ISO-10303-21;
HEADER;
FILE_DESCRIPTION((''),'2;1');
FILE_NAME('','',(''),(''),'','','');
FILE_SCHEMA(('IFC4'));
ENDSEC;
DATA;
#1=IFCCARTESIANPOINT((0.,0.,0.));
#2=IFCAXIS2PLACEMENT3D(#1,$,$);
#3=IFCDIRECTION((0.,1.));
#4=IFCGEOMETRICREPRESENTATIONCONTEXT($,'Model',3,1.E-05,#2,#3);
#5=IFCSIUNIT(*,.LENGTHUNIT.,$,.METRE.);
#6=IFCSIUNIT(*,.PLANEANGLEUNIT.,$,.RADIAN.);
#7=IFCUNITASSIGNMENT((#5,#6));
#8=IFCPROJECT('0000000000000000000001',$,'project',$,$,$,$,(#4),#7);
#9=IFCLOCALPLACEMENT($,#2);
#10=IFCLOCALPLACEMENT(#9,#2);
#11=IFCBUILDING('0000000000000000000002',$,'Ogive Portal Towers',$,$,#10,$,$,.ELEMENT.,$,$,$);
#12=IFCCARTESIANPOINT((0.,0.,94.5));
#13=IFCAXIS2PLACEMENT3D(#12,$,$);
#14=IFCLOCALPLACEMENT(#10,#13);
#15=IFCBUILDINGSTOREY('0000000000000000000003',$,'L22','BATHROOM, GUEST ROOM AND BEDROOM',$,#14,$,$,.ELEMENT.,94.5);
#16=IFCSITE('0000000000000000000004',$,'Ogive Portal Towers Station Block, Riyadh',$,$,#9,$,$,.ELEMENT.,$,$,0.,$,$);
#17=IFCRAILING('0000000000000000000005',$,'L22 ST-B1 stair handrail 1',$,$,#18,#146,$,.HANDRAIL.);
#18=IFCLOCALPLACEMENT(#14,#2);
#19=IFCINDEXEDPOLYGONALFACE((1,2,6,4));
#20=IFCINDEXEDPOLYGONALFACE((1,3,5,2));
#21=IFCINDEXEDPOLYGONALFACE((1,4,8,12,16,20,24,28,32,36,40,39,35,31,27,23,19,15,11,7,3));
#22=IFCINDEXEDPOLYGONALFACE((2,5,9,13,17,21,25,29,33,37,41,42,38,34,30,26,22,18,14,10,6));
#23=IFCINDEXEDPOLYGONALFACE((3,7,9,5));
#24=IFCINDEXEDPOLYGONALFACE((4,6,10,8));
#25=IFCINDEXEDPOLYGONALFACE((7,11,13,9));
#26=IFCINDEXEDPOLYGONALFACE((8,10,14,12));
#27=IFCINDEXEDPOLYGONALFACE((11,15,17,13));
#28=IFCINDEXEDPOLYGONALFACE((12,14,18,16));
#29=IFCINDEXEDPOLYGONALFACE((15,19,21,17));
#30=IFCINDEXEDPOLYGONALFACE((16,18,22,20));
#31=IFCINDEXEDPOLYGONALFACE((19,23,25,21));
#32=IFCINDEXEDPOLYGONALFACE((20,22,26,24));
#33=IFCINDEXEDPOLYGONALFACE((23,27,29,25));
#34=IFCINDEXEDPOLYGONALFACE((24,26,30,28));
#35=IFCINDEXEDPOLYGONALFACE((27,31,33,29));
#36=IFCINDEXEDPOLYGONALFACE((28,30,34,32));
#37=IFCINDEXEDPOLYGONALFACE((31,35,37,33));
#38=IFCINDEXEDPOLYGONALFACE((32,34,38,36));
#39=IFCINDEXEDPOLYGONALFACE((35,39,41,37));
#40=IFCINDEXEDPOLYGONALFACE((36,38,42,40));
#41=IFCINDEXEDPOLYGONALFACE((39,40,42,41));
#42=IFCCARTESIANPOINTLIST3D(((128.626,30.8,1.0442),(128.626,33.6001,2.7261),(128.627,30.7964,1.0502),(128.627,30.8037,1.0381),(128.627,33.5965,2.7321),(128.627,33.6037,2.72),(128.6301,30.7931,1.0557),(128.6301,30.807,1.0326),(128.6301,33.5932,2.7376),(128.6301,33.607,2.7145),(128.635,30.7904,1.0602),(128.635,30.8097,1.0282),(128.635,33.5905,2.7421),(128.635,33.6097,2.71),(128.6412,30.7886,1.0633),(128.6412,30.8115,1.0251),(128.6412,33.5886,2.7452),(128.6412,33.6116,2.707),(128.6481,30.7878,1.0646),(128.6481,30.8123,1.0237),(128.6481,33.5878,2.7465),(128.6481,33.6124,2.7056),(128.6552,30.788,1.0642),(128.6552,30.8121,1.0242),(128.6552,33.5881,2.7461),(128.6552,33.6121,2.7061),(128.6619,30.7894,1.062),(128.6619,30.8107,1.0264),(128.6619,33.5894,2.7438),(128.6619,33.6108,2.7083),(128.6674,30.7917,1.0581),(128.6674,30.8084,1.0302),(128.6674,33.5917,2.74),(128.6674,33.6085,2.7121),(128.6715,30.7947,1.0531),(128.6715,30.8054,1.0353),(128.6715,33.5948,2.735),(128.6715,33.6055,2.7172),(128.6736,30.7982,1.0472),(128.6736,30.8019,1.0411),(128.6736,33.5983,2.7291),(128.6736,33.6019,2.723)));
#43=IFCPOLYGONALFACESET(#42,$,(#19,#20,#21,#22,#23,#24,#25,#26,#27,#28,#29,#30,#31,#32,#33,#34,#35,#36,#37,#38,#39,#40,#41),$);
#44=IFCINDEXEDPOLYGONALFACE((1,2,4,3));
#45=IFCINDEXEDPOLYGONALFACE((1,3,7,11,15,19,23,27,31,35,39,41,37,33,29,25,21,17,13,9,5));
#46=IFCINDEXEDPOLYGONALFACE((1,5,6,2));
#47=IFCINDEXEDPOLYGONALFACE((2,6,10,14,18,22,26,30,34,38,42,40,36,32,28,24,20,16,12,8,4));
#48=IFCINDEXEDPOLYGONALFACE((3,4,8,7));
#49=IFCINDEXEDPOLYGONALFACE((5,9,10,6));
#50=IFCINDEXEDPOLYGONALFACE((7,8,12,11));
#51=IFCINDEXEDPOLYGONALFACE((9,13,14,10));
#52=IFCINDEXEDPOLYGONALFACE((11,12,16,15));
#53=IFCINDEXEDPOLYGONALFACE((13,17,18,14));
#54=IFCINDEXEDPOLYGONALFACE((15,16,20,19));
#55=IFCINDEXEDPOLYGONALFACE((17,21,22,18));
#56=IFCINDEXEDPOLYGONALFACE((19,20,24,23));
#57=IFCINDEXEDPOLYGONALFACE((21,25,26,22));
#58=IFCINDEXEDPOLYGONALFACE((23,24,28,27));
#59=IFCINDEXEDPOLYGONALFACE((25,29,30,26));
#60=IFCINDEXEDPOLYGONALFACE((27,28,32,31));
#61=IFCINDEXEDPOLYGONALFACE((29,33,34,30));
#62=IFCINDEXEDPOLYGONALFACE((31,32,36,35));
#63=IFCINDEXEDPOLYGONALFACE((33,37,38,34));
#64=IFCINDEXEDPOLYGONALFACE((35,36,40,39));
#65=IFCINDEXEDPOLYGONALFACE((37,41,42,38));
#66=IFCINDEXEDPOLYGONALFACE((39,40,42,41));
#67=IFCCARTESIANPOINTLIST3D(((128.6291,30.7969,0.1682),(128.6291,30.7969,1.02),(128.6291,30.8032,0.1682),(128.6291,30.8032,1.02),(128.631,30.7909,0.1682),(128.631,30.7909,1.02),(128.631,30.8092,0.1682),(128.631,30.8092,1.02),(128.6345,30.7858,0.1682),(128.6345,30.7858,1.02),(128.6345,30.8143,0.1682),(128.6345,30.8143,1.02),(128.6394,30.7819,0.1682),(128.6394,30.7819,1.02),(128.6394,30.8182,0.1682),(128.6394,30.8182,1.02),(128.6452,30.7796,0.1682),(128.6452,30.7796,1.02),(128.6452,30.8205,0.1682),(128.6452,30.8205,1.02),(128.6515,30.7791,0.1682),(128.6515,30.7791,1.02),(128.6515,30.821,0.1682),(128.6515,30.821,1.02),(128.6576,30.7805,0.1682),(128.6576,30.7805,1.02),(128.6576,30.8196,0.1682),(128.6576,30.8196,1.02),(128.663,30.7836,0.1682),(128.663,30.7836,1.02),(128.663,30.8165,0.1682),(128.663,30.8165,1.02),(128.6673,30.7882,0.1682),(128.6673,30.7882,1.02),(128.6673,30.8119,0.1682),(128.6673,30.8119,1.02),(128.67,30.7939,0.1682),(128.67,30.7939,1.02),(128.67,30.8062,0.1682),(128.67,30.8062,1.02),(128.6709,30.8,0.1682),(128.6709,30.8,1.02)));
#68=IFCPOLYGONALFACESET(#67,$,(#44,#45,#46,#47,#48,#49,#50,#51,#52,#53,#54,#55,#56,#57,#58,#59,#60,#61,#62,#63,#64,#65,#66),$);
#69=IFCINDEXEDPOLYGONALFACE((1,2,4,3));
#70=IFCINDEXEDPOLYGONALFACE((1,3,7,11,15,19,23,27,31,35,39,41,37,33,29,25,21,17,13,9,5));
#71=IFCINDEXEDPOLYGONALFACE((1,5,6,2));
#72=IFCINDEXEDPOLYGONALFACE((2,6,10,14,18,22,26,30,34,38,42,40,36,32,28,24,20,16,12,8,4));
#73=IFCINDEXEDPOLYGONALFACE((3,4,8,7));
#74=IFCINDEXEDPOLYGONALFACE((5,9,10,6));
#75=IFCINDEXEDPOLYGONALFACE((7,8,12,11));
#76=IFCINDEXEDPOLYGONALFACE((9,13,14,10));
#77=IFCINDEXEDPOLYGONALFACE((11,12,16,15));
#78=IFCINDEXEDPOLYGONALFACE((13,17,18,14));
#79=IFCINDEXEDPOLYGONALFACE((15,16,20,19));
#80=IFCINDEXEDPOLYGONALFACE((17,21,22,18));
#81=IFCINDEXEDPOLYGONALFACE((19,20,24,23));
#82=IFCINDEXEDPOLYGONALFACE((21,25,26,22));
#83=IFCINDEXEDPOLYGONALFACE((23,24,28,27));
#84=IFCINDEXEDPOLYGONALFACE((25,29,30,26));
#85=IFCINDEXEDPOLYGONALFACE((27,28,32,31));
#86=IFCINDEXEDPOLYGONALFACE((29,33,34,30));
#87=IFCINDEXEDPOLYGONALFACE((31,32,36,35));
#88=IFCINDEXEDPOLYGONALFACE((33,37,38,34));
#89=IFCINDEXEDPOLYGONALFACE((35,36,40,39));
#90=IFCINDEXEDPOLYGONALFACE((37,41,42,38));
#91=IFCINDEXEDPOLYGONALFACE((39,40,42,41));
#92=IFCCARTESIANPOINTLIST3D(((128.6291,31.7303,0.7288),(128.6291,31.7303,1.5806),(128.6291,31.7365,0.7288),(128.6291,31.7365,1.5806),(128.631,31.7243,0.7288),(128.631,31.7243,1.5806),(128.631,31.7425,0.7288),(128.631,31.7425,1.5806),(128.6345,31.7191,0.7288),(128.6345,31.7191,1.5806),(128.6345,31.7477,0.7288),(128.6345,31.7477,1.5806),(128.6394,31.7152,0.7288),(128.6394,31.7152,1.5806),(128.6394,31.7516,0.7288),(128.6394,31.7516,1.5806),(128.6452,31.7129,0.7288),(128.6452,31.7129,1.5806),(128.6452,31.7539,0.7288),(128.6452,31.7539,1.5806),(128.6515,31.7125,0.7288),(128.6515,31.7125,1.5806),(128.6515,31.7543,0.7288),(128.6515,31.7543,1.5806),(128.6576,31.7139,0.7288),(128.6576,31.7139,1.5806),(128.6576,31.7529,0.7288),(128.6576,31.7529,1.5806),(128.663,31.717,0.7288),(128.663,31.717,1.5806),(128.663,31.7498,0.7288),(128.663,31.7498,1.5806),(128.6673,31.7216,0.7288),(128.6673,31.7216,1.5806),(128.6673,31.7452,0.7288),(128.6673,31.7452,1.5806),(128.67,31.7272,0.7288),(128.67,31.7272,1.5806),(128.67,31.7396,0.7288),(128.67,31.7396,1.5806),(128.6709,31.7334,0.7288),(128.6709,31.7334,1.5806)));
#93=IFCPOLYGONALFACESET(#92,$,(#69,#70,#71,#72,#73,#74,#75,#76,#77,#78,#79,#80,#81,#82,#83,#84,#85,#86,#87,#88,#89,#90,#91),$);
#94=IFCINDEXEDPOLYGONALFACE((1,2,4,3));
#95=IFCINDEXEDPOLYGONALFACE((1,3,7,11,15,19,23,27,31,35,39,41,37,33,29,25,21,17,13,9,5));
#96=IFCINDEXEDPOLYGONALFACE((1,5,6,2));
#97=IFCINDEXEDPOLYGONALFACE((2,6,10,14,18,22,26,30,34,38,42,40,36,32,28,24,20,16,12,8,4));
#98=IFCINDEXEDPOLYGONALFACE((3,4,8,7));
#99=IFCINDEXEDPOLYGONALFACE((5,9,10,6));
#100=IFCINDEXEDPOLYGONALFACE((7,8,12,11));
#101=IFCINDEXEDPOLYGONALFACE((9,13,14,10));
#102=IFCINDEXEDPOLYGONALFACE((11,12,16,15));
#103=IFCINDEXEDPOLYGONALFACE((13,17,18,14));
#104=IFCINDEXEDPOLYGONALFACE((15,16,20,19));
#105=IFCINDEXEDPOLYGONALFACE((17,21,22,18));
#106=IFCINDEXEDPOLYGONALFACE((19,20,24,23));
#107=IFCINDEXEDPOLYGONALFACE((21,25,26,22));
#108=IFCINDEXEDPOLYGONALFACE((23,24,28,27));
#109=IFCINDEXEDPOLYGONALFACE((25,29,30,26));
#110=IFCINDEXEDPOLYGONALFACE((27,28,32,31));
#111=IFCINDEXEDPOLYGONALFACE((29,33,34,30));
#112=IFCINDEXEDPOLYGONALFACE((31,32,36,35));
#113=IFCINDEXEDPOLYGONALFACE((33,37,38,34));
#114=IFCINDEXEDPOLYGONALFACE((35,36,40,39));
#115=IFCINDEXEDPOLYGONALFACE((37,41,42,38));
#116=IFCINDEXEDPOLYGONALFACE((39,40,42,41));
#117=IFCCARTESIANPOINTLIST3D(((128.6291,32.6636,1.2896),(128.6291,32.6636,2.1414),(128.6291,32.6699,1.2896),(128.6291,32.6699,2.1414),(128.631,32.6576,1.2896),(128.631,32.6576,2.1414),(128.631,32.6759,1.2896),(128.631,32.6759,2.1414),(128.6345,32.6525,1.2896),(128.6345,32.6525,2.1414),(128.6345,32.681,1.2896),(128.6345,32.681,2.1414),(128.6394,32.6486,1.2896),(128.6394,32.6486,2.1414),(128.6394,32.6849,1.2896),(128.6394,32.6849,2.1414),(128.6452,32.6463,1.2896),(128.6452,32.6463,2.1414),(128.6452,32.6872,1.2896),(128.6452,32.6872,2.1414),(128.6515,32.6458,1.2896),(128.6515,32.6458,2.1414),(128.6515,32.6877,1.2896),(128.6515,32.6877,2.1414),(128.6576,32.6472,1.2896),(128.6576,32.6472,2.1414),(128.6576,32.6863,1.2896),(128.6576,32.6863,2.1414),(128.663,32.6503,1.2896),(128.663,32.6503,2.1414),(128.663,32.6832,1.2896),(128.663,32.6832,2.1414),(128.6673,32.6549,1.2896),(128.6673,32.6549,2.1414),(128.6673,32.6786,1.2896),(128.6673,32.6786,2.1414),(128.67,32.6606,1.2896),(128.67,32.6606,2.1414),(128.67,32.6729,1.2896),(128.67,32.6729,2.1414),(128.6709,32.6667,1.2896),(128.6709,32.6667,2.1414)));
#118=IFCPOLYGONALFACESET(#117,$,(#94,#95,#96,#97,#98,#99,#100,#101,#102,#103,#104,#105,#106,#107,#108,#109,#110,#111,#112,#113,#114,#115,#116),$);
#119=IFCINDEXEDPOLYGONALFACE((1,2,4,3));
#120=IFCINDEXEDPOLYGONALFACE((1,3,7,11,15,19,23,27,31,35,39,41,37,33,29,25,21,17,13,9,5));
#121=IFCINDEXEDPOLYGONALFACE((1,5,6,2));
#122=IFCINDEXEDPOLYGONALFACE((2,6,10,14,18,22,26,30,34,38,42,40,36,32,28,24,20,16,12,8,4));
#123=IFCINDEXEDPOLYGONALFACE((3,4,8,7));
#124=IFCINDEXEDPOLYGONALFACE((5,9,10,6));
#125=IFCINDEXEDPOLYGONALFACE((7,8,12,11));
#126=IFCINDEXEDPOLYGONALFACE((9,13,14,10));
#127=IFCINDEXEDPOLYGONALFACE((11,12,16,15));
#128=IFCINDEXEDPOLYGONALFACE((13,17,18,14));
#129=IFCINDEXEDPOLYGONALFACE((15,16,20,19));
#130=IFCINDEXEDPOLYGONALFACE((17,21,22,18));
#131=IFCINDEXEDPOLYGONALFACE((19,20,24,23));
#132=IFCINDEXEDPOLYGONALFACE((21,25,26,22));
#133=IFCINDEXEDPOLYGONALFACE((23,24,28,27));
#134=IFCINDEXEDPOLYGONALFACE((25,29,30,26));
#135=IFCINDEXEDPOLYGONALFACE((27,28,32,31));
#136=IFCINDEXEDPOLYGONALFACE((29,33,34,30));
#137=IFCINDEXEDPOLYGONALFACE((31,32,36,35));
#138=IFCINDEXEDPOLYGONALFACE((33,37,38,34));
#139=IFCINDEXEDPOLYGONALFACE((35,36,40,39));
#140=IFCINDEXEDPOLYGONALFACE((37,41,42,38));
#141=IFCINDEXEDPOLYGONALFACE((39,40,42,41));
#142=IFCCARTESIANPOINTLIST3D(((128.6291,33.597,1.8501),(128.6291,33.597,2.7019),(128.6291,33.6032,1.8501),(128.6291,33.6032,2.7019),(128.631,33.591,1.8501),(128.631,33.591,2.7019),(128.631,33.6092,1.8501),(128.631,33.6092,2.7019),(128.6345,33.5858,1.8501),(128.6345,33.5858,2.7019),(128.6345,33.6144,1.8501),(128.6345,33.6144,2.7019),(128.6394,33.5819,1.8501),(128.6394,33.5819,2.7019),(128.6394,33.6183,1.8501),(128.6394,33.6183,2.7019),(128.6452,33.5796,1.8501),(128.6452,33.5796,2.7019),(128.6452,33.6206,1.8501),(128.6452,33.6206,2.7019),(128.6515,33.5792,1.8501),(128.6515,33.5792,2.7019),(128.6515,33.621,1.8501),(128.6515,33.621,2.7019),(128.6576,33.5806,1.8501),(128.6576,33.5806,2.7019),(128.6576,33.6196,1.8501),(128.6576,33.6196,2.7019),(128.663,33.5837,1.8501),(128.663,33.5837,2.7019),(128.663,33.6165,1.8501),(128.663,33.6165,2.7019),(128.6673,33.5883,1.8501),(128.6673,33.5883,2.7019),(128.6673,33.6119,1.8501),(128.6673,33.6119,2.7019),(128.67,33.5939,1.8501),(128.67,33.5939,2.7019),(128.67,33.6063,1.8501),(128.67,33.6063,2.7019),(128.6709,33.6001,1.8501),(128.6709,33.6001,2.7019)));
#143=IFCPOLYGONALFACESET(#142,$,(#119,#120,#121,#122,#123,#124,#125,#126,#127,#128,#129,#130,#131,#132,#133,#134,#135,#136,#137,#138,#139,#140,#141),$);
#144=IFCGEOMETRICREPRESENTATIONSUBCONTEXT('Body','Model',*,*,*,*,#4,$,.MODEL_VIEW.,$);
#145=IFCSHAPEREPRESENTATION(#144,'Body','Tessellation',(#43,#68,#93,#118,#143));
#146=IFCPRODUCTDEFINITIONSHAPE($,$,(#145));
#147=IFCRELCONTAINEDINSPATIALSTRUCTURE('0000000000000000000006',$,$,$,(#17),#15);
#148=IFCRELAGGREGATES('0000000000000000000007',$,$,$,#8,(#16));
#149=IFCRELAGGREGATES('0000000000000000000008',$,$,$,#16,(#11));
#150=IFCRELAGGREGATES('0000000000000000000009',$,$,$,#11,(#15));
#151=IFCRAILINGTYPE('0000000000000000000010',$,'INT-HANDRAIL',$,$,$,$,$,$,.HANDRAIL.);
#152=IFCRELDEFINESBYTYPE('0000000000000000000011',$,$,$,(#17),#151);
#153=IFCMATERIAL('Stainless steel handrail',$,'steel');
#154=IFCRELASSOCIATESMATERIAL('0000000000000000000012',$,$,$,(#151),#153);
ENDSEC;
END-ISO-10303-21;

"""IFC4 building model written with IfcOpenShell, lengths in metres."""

from ifc_helpers import new_model, si_unit, direction, frame, origin, origin_2d, place, context, subcontext, project, spatial, circle, extrude, material, type_object, element, save


model = new_model("IFC4")

# Units and contexts
model_context = context("Model", 3, precision=1e-05, world=origin(), true_north=direction((0.0, 1.0)))
body_context = subcontext(model_context, "Body", "Model", "MODEL_VIEW")
ifc_project = project(units=[si_unit("LENGTHUNIT", "METRE"), si_unit("PLANEANGLEUNIT", "RADIAN")], contexts=[model_context])

# Site, building, storey
site_placement = place(None, origin())
site = spatial("IfcSite", under=ifc_project, at=site_placement, Name="Ogive Portal Towers Station Block, Riyadh", CompositionType="ELEMENT", RefElevation=0.0)
building_placement = place(site_placement, origin())
building = spatial("IfcBuilding", under=site, at=building_placement, Name="Ogive Portal Towers", CompositionType="ELEMENT")
storey_placement = place(building_placement, frame((0.0, 0.0, 94.5)))
storey = spatial("IfcBuildingStorey", under=building, at=storey_placement, Name="L22", Description="BATHROOM, GUEST ROOM AND BEDROOM", CompositionType="ELEMENT", Elevation=94.5)

# Railing
ifc_material_1 = material(Name="Stainless steel handrail", Category="steel")
railing_type_1 = type_object("IfcRailingType", Name="INT-HANDRAIL", PredefinedType="HANDRAIL", material=ifc_material_1)
railing_1_placement = place(storey_placement, frame((128.6499, 30.8, 0.1682)))
element("IfcRailing", 1, at=railing_1_placement, inside=storey, type_object=railing_type_1, Name="L22 ST-B1 stair handrail 1", PredefinedType="HANDRAIL", context=body_context, shape_type="SweptSolid", body=[
    extrude(circle(Radius=0.0239, at=origin_2d()), frame((0.0, 0.0, 0.876), z_axis=(0.0, 0.857242, 0.514913), x_axis=(-1.0, 0.0, 0.0)), (0.0, 0.0, 1.0), 3.2664),
    extrude(circle(Radius=0.021, at=origin_2d()), origin(), (0.0, 0.0, 1.0), 0.8518),
    extrude(circle(Radius=0.021, at=origin_2d()), frame((0.0, 0.9333, 0.5605)), (0.0, 0.0, 1.0), 0.8518),
    extrude(circle(Radius=0.021, at=origin_2d()), frame((0.0, 1.8667, 1.1213)), (0.0, 0.0, 1.0), 0.8518),
    extrude(circle(Radius=0.021, at=origin_2d()), frame((0.0, 2.8, 1.6819)), (0.0, 0.0, 1.0), 0.8518),
])

save(model, "model.ifc")
